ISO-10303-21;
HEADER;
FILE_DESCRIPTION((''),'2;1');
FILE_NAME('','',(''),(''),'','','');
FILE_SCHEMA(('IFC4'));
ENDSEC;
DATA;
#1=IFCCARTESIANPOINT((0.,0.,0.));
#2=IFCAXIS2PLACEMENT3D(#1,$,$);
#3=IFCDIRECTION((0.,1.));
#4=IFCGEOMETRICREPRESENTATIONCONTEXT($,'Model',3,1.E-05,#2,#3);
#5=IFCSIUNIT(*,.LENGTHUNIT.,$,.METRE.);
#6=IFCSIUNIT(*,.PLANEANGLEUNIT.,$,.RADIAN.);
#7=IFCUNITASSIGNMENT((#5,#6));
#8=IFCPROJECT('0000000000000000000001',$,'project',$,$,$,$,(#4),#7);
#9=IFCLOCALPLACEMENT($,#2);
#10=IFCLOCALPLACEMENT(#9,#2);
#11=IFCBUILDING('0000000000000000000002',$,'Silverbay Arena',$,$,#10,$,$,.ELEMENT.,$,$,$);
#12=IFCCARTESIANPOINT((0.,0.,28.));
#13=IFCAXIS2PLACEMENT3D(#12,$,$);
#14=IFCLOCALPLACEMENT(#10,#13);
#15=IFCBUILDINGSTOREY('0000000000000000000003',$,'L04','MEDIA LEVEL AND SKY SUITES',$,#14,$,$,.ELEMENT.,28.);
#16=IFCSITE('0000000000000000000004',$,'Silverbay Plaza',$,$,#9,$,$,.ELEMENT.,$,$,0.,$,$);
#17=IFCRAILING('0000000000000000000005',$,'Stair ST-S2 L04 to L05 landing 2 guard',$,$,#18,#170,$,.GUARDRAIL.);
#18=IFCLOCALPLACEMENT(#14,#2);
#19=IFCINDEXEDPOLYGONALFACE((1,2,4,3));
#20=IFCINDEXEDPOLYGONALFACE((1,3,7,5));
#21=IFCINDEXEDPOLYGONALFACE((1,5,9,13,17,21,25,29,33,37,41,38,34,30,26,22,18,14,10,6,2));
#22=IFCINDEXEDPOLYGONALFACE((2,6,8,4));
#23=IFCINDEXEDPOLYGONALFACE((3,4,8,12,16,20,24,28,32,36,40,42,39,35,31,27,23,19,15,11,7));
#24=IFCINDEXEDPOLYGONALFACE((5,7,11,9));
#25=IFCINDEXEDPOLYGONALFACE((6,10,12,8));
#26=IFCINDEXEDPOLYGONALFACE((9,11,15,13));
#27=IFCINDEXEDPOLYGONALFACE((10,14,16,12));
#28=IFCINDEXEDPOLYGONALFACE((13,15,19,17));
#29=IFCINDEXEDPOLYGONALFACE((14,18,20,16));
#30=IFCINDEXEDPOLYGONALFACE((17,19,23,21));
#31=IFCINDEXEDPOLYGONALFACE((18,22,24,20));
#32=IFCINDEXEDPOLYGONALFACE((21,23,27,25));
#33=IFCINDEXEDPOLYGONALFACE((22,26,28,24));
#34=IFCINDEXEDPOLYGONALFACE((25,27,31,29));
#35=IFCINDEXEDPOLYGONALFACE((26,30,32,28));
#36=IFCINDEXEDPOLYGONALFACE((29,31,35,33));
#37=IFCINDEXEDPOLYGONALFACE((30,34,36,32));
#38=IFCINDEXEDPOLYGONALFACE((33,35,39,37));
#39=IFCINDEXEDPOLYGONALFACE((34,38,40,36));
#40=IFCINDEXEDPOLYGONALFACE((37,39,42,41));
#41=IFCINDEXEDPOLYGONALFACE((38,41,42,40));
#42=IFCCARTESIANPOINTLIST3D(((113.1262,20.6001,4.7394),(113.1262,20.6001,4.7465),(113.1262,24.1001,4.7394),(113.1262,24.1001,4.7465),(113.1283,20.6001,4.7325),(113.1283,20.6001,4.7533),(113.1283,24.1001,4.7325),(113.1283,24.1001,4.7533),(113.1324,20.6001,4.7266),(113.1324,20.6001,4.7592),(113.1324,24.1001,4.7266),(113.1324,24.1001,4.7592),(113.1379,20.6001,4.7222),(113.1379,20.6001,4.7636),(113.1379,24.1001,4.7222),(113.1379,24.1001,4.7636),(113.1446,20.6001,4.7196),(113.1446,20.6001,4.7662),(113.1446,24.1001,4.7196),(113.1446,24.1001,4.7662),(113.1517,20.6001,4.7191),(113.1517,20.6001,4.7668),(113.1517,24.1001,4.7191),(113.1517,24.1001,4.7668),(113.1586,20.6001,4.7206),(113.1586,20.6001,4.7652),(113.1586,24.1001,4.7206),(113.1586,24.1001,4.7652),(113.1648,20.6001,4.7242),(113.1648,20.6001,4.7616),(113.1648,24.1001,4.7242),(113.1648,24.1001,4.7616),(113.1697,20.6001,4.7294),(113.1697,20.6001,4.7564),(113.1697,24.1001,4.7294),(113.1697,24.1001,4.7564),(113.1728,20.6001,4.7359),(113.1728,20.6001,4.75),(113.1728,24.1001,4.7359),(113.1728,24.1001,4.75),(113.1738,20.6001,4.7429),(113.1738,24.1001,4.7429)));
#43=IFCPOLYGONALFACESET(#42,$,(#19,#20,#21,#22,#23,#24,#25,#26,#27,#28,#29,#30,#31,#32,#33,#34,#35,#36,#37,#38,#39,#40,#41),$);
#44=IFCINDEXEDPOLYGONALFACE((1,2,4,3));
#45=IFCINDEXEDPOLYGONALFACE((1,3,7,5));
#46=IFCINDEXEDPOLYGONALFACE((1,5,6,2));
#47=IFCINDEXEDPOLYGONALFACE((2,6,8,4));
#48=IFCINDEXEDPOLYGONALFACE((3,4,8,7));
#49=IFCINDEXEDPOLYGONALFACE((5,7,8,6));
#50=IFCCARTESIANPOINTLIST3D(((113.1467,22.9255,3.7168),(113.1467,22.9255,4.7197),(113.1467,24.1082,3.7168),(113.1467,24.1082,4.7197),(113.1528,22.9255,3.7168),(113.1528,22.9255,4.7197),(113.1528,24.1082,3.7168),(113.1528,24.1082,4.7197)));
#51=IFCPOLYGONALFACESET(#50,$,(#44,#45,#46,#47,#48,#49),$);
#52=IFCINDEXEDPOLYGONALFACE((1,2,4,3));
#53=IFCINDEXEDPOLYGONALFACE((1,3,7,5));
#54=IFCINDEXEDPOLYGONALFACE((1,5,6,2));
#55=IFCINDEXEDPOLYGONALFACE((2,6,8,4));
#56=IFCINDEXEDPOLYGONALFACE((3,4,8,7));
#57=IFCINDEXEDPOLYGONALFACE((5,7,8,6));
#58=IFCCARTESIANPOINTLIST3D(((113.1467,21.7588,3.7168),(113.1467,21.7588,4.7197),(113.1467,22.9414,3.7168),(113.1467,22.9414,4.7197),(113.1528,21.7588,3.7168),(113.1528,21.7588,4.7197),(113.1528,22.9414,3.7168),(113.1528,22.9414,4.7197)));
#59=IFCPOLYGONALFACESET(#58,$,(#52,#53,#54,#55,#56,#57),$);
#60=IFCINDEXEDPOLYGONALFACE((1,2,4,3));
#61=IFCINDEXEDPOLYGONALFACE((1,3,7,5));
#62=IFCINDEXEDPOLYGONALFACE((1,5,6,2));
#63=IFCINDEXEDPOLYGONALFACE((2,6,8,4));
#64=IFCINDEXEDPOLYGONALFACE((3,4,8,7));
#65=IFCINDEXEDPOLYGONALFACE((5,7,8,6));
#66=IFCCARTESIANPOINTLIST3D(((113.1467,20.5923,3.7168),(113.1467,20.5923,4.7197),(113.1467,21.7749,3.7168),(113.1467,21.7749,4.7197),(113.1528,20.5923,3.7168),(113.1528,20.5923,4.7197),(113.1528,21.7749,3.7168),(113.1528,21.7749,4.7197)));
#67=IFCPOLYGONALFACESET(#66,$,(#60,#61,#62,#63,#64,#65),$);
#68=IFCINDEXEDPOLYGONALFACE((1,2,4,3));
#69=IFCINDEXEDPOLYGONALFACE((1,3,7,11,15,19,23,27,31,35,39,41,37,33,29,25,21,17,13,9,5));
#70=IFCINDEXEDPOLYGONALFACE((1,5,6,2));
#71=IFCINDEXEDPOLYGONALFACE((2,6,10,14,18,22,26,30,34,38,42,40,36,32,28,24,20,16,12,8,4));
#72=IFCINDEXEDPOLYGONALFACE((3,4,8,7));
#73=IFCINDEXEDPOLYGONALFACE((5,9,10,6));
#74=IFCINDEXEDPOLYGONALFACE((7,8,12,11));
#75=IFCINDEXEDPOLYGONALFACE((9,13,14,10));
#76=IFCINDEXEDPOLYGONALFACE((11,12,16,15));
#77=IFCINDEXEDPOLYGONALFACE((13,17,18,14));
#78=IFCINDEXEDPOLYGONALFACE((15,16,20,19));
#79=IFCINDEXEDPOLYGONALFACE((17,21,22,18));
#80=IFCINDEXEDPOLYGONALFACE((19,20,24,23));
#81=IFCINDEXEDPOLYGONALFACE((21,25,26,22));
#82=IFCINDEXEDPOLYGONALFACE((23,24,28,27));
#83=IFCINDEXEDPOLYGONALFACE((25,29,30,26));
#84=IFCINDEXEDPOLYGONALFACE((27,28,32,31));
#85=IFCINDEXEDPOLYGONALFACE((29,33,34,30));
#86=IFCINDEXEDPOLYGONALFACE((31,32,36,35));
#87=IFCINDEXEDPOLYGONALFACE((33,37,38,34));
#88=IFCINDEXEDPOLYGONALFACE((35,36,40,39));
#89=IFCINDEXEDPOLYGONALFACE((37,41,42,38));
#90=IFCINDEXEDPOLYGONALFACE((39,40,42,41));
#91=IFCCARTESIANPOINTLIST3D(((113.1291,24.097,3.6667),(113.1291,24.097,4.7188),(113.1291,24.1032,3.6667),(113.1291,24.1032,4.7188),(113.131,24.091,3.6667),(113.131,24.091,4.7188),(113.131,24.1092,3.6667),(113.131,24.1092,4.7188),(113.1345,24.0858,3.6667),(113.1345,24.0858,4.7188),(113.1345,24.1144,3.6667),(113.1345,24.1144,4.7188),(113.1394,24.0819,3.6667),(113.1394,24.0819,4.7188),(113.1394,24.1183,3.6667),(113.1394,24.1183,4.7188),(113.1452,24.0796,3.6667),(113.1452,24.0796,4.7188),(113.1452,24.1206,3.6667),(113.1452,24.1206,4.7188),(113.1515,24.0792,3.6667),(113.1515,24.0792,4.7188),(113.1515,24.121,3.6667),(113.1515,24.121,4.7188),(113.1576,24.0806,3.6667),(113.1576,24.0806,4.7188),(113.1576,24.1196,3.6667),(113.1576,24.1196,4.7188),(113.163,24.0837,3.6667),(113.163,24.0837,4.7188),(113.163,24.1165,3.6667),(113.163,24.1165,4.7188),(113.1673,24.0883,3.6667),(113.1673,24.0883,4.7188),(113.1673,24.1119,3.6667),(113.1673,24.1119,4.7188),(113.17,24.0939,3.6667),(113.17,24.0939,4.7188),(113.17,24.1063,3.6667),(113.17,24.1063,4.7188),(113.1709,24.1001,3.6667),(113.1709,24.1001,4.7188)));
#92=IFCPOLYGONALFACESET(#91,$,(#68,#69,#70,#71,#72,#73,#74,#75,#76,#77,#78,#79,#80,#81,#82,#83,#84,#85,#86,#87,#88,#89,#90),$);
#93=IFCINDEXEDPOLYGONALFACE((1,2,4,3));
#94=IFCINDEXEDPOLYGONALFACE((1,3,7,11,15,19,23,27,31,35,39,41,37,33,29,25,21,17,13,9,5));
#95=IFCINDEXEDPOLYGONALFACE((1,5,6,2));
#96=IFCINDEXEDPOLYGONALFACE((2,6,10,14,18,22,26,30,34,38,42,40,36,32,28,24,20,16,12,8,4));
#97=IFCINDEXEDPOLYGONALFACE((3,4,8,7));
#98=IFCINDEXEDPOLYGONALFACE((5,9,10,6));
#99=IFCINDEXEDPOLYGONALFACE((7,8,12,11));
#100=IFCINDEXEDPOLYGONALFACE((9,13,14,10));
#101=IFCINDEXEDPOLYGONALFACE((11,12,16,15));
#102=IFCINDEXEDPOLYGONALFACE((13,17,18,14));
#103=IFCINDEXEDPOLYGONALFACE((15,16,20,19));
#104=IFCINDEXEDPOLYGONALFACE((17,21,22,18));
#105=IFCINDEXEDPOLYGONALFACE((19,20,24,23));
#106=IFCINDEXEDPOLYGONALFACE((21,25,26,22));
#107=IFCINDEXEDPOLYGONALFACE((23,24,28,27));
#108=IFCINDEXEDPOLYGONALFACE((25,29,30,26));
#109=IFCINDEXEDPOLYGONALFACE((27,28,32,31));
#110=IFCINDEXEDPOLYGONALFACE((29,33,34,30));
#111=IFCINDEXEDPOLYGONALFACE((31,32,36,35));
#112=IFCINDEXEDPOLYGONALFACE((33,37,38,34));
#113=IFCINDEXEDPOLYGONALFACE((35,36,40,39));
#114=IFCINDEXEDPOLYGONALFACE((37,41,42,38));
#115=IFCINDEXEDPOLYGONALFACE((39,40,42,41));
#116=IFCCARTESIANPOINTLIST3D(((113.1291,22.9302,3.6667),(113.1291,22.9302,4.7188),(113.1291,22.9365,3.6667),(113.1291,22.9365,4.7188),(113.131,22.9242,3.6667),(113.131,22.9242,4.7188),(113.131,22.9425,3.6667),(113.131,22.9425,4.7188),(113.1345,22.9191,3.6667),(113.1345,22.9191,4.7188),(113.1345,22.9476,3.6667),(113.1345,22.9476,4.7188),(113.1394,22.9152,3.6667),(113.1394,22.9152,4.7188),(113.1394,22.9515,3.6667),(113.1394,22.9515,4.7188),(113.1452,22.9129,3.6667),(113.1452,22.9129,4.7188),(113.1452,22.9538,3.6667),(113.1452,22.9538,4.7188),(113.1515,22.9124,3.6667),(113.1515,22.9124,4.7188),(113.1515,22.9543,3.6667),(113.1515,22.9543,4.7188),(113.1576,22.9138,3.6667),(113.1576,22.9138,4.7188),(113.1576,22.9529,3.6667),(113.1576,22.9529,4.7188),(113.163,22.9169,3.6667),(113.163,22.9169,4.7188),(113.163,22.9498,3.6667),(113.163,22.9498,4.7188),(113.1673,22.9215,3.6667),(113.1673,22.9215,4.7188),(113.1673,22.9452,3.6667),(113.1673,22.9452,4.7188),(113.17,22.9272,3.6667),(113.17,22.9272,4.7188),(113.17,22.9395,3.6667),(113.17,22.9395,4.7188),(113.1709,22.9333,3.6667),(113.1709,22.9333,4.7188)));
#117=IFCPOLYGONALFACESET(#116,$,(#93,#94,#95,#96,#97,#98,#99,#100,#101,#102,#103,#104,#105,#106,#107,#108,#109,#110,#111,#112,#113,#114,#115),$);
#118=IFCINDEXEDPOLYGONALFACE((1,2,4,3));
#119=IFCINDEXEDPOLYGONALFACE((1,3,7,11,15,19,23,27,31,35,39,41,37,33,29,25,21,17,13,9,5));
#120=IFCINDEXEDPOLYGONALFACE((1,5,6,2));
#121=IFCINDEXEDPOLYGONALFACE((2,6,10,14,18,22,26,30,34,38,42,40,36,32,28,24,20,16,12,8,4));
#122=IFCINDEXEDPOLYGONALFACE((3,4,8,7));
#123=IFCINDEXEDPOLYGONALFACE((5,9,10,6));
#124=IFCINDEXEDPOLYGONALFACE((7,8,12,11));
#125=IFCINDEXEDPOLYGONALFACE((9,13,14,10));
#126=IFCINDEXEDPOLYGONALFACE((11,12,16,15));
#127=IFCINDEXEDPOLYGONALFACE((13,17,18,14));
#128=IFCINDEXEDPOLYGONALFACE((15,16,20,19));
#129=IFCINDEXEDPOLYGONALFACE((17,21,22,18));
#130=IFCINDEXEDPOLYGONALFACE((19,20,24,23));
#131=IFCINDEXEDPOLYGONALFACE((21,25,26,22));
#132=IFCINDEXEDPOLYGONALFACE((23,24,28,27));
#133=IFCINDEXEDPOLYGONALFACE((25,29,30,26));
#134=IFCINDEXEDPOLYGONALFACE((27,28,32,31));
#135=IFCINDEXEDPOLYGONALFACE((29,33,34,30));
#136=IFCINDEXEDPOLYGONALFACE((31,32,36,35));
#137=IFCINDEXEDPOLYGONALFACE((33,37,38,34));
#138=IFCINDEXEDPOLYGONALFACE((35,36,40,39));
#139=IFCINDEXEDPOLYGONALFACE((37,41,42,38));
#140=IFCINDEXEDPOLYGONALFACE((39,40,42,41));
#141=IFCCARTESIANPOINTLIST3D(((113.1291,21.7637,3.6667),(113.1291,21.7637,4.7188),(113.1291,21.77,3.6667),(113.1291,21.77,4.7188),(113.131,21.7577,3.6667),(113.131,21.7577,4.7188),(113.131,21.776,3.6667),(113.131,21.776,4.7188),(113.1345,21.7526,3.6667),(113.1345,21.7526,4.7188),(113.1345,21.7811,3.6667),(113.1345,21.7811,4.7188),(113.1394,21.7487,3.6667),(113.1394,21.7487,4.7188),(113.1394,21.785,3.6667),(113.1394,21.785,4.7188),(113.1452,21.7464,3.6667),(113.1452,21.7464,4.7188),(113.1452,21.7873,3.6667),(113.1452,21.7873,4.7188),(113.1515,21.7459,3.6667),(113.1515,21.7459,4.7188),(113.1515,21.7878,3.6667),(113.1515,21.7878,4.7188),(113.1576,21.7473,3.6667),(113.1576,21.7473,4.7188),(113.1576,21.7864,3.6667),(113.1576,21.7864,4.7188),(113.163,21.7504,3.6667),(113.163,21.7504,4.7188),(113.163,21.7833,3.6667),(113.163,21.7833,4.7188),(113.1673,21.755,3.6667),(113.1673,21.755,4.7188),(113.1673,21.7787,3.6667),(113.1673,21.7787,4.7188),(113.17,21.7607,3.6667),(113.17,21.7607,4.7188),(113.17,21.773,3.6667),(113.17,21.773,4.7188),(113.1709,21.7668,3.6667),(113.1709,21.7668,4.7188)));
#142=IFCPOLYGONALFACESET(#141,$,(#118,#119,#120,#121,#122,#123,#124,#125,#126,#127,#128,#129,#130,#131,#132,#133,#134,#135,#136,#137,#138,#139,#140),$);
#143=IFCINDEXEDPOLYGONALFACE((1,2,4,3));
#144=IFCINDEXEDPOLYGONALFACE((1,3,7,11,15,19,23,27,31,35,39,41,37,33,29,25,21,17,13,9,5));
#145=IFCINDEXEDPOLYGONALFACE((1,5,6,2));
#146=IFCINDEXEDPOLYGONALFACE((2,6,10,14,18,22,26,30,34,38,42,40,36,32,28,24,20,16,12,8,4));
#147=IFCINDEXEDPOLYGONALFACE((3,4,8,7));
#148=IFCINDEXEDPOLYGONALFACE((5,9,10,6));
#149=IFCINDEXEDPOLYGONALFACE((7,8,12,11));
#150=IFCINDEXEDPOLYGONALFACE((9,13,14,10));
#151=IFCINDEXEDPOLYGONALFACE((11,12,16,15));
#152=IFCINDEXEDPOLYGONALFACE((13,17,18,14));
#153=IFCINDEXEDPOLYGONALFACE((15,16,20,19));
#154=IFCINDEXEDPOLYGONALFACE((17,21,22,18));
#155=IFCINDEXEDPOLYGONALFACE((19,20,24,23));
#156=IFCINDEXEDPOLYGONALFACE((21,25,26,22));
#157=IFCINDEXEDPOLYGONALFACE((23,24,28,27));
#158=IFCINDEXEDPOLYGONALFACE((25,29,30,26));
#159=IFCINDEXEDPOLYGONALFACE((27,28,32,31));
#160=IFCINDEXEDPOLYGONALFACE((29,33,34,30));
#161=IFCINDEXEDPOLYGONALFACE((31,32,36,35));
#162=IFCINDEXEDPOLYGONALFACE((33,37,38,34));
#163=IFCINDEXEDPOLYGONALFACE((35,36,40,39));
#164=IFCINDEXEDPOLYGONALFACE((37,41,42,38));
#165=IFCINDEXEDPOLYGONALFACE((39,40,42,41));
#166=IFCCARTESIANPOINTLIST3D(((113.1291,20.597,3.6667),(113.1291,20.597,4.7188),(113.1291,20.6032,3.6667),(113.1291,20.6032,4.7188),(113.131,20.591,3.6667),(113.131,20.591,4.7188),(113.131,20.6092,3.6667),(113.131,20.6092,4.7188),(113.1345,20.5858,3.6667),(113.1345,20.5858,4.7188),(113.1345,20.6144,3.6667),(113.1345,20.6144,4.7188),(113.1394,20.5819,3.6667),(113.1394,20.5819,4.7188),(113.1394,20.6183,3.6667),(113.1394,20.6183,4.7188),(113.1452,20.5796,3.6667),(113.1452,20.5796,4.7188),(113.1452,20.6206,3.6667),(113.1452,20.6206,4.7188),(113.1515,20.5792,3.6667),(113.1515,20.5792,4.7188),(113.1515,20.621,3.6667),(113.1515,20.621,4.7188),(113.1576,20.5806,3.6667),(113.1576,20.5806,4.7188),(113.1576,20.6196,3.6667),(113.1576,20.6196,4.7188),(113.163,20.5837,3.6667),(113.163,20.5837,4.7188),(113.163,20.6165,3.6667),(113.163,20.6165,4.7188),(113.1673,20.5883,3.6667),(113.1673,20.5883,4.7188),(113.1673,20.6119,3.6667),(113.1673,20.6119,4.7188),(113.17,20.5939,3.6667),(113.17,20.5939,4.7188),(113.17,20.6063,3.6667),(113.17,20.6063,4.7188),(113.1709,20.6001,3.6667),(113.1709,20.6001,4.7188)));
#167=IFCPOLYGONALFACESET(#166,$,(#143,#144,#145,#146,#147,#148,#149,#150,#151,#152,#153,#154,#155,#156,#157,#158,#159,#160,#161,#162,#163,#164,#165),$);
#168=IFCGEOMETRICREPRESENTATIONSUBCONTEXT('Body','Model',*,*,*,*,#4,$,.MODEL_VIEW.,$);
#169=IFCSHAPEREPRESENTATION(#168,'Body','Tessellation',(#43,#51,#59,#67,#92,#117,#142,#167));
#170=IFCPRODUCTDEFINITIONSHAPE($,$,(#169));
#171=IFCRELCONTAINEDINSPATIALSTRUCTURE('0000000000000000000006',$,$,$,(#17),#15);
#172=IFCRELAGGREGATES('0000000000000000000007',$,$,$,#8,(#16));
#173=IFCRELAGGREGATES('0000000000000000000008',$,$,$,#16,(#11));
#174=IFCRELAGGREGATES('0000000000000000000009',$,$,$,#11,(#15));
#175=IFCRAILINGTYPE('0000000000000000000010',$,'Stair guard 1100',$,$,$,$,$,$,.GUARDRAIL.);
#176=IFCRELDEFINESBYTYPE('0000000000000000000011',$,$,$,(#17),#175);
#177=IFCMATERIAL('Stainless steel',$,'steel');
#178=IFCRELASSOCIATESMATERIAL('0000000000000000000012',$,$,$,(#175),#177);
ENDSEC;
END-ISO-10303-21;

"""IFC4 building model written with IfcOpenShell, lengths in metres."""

from ifc_helpers import new_model, si_unit, direction, frame, origin, origin_2d, place, context, subcontext, project, spatial, polyline, circle, outline, extrude, material, type_object, element, save


model = new_model("IFC4")

# Units and contexts
model_context = context("Model", 3, precision=1e-05, world=origin(), true_north=direction((0.0, 1.0)))
body_context = subcontext(model_context, "Body", "Model", "MODEL_VIEW")
ifc_project = project(units=[si_unit("LENGTHUNIT", "METRE"), si_unit("PLANEANGLEUNIT", "RADIAN")], contexts=[model_context])

# Site, building, storey
site_placement = place(None, origin())
site = spatial("IfcSite", under=ifc_project, at=site_placement, Name="Silverbay Plaza", CompositionType="ELEMENT", RefElevation=0.0)
building_placement = place(site_placement, origin())
building = spatial("IfcBuilding", under=site, at=building_placement, Name="Silverbay Arena", CompositionType="ELEMENT")
storey_placement = place(building_placement, frame((0.0, 0.0, 28.0)))
storey = spatial("IfcBuildingStorey", under=building, at=storey_placement, Name="L04", Description="MEDIA LEVEL AND SKY SUITES", CompositionType="ELEMENT", Elevation=28.0)

# Railing
ifc_material_1 = material(Name="Stainless steel", Category="steel")
railing_type_1 = type_object("IfcRailingType", Name="Stair guard 1100", PredefinedType="GUARDRAIL", material=ifc_material_1)
for number, where, name in (
    (1, (113.1499, 24.1001, 3.6667), "Stair ST-S2 L04 to L05 landing 2 guard"),
):
    element("IfcRailing", number, at=place(storey_placement, frame(where)), inside=storey, type_object=railing_type_1, Name=name, PredefinedType="GUARDRAIL", context=body_context, shape_type="SweptSolid", body=[
        extrude(circle(Radius=0.0239, at=origin_2d()), frame((0.0, 0.0, 1.0762), z_axis=(0.0, -1.0, 0.0), x_axis=(1.0, 0.0, 0.0)), (0.0, 0.0, 1.0), 3.5),
        extrude(outline(polyline([(-0.0081, 0.05), (1.1746, 0.05), (1.1746, 1.053), (-0.0081, 1.053), (-0.0081, 0.05)])), frame((0.0029, 0.0, 0.0), z_axis=(-1.0, 0.0, 0.0), x_axis=(0.0, -1.0, 0.0)), (0.0, 0.0, 1.0), 0.0061),
        extrude(outline(polyline([(-0.0081, 0.05), (1.1746, 0.05), (1.1746, 1.053), (-0.0081, 1.053), (-0.0081, 0.05)])), frame((0.0029, -1.1667, 0.0), z_axis=(-1.0, 0.0, 0.0), x_axis=(0.0, -1.0, 0.0)), (0.0, 0.0, 1.0), 0.0061),
        extrude(outline(polyline([(-0.0081, 0.05), (1.1746, 0.05), (1.1746, 1.053), (-0.0081, 1.053), (-0.0081, 0.05)])), frame((0.0029, -2.3333, 0.0), z_axis=(-1.0, 0.0, 0.0), x_axis=(0.0, -1.0, 0.0)), (0.0, 0.0, 1.0), 0.0061),
        extrude(circle(Radius=0.021, at=origin_2d()), origin(), (0.0, 0.0, 1.0), 1.052),
        extrude(circle(Radius=0.021, at=origin_2d()), frame((0.0, -1.1667, 0.0)), (0.0, 0.0, 1.0), 1.052),
        extrude(circle(Radius=0.021, at=origin_2d()), frame((0.0, -2.3333, 0.0)), (0.0, 0.0, 1.0), 1.052),
        extrude(circle(Radius=0.021, at=origin_2d()), frame((0.0, -3.5, 0.0)), (0.0, 0.0, 1.0), 1.052),
    ])

save(model, "model.ifc")
